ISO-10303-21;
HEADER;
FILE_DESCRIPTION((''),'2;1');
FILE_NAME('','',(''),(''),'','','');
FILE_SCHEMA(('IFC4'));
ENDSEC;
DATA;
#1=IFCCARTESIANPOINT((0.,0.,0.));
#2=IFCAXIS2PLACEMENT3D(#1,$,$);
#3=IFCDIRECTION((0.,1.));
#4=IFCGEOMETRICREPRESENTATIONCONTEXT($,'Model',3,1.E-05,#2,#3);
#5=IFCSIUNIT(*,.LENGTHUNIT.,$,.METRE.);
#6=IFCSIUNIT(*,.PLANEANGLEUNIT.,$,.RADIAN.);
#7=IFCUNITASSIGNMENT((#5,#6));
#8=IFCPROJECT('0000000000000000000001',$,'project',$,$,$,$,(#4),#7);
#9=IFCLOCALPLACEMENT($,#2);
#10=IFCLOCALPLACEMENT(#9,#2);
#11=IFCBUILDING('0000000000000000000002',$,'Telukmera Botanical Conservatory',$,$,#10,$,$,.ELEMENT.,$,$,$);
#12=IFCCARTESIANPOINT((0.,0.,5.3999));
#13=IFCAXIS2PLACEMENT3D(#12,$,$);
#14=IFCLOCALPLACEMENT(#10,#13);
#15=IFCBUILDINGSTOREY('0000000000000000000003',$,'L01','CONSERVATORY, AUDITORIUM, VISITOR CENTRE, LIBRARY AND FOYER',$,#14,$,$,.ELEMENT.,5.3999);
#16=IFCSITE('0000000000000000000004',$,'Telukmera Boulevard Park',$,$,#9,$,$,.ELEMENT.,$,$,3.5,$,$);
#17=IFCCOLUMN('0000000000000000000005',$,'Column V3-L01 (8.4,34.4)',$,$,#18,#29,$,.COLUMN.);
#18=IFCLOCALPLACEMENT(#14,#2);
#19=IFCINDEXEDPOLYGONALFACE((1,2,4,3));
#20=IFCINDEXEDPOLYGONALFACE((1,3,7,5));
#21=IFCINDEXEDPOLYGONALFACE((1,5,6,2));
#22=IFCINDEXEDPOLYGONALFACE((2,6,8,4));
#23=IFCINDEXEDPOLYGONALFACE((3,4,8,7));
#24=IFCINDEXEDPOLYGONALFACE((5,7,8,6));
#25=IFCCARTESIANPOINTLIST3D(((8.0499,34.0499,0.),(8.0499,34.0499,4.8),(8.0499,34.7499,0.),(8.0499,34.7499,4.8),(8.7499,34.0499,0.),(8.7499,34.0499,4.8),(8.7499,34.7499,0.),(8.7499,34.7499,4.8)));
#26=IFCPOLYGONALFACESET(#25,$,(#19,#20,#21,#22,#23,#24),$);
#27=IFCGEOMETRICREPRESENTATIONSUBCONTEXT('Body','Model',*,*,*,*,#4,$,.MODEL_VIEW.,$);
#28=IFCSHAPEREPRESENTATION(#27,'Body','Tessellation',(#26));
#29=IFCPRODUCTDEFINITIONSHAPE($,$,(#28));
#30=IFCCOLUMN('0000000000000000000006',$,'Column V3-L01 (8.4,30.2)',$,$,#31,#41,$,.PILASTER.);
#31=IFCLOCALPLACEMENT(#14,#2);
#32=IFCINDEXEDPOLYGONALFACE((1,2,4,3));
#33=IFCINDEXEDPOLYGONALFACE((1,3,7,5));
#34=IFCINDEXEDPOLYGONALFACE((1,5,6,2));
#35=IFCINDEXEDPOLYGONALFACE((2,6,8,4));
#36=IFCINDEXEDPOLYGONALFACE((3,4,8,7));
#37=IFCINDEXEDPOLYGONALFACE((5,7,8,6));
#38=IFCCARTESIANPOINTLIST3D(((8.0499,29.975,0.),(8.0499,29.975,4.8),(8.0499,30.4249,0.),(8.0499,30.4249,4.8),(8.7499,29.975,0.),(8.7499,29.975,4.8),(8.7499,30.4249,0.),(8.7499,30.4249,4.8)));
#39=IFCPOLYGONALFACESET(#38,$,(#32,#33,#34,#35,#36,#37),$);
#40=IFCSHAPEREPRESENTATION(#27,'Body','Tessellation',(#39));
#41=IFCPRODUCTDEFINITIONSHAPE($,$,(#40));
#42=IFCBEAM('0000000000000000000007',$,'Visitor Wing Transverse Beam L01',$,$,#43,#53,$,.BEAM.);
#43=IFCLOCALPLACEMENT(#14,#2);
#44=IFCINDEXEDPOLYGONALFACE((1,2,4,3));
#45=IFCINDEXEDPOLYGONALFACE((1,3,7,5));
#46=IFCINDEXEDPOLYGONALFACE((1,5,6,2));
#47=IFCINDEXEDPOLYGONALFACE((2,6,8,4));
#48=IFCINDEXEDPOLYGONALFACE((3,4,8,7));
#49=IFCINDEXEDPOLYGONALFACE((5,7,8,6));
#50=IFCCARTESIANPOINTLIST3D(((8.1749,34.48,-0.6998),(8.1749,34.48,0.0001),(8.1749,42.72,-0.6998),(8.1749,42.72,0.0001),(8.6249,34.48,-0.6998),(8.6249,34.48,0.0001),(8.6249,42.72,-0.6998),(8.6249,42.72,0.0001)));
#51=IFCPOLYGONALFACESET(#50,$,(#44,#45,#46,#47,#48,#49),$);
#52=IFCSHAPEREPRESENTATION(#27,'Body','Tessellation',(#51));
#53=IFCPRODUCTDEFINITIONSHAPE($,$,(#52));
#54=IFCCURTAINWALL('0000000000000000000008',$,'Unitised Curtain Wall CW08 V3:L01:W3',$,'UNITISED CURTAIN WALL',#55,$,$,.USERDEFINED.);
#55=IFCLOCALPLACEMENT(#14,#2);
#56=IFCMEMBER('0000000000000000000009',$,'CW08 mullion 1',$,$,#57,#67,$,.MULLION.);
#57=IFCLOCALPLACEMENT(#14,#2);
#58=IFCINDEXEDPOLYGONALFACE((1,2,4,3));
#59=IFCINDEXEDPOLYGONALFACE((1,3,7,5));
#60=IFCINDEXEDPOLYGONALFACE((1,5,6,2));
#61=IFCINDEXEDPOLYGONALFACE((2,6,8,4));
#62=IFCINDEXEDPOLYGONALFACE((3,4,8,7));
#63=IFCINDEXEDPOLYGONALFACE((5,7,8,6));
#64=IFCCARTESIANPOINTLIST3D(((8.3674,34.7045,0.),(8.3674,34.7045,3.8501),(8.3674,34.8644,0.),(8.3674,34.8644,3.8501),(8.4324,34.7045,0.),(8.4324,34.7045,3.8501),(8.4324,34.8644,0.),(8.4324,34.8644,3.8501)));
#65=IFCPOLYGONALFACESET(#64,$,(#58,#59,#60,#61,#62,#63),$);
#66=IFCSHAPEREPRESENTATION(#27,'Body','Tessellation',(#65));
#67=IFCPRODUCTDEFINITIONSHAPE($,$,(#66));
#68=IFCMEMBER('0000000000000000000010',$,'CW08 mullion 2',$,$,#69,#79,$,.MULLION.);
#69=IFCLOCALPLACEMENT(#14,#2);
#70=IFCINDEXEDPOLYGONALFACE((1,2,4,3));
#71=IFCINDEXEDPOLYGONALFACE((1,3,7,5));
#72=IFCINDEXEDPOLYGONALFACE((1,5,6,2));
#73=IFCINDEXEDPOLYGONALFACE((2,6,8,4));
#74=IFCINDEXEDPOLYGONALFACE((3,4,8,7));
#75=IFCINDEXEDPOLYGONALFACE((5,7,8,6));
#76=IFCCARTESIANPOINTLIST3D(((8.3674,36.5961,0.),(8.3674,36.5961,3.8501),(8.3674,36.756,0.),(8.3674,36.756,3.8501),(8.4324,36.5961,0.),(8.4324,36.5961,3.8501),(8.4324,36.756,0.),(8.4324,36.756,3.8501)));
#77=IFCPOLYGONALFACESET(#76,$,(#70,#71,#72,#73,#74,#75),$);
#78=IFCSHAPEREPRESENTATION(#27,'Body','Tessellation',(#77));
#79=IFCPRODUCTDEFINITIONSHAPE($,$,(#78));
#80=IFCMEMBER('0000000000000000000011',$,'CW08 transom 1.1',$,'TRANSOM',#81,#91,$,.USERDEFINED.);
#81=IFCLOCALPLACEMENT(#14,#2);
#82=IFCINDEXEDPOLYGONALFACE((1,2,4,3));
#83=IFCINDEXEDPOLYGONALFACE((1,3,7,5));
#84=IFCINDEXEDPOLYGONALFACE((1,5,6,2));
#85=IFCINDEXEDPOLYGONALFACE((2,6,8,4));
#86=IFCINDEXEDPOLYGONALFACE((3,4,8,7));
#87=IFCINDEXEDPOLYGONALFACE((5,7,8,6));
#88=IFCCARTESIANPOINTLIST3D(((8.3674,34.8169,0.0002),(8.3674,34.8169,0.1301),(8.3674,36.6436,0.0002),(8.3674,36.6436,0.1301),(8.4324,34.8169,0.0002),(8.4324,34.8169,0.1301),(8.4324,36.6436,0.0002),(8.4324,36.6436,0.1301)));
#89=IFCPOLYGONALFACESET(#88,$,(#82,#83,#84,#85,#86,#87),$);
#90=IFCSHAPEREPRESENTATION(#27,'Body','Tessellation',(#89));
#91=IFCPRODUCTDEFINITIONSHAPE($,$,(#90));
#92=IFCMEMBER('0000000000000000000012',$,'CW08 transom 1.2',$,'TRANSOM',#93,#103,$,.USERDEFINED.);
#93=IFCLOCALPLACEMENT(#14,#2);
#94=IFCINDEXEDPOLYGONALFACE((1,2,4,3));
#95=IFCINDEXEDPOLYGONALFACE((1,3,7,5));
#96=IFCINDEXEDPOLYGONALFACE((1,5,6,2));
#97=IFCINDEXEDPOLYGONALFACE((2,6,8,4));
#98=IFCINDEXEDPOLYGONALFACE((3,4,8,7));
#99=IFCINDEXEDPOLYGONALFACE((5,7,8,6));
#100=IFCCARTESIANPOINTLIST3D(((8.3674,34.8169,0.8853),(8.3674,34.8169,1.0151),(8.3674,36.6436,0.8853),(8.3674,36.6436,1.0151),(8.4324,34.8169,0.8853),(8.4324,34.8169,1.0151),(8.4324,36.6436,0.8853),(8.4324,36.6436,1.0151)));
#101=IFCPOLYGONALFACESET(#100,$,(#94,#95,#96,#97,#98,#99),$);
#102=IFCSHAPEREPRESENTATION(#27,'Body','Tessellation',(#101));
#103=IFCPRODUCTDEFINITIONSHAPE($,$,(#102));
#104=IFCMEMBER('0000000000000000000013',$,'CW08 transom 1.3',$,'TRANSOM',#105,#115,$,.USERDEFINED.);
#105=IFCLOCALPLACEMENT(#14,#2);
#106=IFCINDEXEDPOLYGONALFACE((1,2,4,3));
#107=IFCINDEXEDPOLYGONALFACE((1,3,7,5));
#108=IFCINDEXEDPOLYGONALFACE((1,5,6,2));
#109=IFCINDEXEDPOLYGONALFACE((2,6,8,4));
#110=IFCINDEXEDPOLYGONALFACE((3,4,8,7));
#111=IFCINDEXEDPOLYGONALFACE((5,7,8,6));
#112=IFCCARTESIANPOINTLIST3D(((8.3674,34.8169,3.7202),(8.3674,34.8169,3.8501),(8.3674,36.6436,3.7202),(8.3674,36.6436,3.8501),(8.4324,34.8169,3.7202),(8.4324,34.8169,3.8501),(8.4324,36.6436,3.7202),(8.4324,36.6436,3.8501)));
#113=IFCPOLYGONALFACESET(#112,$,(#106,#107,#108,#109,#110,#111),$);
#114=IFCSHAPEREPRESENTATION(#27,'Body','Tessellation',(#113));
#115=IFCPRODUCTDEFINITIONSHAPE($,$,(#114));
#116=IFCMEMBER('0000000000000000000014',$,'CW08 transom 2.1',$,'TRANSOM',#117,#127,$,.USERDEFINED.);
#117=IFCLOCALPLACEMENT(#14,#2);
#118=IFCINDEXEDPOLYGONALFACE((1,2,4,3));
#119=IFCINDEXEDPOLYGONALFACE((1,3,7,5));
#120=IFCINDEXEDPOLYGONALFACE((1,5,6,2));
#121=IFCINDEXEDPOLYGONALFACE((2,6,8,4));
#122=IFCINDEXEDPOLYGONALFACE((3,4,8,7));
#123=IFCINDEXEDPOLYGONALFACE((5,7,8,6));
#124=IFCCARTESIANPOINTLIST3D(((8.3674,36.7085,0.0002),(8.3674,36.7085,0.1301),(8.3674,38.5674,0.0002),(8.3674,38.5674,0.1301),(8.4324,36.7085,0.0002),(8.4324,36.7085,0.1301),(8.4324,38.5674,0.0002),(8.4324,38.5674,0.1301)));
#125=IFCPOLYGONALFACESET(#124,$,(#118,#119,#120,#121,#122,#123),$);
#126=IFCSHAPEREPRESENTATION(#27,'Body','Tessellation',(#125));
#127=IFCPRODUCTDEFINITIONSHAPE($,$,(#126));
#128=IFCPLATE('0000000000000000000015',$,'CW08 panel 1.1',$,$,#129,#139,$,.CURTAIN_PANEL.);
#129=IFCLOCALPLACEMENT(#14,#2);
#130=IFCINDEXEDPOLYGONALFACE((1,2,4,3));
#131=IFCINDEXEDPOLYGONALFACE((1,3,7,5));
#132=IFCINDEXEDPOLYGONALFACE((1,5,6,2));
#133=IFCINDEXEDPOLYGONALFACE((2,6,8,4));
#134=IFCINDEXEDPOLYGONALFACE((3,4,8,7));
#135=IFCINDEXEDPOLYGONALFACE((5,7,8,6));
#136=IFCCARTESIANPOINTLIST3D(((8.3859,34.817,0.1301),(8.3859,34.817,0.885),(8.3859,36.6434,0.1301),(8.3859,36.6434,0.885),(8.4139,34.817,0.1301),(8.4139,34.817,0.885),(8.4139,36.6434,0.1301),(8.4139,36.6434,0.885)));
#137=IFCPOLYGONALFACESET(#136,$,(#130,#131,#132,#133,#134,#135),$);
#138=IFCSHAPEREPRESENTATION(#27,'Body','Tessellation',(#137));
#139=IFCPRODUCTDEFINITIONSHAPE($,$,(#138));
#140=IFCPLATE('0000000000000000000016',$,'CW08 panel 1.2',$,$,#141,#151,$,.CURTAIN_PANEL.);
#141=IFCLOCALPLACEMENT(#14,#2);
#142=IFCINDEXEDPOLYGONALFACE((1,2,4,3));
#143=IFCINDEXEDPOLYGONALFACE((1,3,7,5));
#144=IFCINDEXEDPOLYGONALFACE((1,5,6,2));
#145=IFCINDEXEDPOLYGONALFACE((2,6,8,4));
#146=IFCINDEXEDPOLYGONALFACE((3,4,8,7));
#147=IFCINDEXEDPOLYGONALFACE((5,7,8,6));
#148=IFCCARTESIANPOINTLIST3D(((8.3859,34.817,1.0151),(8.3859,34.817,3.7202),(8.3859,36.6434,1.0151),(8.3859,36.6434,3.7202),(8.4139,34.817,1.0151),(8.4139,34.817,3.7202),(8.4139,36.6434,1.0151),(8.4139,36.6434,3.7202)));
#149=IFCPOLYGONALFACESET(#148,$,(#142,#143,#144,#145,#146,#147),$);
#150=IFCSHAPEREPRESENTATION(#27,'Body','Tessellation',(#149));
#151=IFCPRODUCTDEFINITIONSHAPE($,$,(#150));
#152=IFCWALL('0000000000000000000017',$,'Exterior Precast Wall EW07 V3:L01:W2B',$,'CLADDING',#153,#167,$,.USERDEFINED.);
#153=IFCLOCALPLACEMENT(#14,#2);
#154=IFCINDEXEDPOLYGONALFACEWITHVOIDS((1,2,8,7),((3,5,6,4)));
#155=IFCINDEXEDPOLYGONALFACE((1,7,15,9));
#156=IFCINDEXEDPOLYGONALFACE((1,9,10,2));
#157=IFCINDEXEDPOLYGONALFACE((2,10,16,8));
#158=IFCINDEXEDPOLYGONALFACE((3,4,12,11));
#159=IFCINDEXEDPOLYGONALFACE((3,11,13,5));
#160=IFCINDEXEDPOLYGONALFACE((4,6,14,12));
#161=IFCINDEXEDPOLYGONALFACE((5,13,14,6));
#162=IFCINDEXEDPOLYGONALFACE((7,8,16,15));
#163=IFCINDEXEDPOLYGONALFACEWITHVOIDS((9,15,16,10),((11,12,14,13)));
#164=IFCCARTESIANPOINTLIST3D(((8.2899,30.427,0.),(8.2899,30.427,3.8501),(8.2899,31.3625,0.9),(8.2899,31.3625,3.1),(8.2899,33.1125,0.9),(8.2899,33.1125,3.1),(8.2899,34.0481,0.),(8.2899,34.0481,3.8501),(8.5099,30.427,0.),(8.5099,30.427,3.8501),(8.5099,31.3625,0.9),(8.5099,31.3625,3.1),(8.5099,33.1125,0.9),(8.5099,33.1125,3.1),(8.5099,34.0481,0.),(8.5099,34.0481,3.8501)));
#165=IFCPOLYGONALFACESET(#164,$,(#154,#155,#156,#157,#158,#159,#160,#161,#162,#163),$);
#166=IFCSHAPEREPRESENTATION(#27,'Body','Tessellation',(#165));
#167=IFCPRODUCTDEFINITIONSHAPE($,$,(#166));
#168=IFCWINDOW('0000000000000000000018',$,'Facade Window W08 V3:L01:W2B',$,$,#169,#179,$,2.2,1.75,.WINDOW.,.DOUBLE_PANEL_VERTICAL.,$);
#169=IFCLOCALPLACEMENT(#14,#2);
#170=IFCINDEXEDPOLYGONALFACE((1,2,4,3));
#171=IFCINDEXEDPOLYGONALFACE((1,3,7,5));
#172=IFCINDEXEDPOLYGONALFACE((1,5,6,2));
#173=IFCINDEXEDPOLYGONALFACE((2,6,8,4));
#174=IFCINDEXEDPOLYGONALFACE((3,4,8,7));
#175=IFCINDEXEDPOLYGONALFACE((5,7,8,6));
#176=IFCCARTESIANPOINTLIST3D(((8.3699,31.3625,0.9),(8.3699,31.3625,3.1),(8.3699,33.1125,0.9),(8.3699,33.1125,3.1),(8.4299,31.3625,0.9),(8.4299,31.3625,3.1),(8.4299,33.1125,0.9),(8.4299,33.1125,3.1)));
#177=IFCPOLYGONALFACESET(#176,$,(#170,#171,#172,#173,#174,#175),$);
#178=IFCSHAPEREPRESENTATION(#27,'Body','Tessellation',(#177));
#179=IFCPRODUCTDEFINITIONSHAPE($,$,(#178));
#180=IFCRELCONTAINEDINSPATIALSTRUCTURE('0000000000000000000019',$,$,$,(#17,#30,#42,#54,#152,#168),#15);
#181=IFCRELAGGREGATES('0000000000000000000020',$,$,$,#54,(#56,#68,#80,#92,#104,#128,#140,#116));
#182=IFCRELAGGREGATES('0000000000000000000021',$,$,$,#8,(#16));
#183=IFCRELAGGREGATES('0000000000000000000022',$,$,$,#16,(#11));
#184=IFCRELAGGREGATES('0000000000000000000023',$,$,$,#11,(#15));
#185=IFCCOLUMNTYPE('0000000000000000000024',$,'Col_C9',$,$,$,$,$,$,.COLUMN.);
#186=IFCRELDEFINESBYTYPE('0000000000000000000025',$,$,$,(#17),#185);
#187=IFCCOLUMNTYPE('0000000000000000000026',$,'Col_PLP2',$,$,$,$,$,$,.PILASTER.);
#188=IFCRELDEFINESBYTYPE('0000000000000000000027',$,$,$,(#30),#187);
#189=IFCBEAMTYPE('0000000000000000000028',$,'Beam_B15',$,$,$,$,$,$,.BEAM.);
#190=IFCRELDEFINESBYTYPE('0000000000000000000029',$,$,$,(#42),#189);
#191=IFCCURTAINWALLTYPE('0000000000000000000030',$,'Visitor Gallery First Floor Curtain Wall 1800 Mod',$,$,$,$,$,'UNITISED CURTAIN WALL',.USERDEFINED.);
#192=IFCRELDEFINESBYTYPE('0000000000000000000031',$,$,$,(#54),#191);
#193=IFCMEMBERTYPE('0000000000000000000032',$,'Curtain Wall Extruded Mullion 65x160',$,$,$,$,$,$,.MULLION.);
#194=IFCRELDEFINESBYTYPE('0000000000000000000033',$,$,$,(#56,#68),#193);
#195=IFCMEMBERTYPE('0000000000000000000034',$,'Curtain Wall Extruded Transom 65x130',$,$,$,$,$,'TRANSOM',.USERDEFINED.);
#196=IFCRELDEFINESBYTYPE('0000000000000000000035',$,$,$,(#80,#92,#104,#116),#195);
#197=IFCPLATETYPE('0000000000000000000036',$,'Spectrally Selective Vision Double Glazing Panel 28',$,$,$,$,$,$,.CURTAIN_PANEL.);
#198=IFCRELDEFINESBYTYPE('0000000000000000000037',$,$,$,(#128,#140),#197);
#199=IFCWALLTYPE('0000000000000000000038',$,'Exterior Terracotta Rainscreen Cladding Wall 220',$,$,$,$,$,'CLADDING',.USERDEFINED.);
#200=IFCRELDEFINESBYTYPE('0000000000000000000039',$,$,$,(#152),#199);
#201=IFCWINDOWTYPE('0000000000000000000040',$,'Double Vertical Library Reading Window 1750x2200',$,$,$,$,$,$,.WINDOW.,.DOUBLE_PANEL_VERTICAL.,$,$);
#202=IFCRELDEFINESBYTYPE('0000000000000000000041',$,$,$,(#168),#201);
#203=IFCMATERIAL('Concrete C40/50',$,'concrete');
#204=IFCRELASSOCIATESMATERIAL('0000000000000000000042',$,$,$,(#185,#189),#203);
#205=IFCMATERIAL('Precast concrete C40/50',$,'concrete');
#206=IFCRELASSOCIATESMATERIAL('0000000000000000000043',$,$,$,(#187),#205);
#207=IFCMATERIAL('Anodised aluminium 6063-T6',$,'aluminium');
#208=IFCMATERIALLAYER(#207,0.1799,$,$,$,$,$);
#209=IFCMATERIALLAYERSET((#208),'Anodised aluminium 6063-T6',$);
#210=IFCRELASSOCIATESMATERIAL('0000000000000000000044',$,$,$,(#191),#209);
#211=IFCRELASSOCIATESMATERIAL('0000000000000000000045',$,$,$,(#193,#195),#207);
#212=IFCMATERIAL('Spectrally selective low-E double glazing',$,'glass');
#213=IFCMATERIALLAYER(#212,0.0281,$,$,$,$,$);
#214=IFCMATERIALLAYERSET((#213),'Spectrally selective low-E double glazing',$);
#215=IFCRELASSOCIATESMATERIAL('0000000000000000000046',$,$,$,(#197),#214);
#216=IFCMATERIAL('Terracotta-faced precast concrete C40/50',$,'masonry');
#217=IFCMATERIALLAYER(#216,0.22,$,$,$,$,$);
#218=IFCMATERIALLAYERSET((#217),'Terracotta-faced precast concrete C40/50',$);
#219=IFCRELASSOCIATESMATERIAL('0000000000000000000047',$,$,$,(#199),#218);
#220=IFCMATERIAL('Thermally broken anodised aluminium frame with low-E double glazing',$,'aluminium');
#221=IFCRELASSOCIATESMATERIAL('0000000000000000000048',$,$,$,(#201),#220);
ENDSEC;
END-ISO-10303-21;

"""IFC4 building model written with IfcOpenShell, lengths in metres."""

from ifc_helpers import new_model, si_unit, direction, frame, frame_2d, origin, origin_2d, place, context, subcontext, project, spatial, rectangle, extrude, material, layer, layer_set, material_profile, profile_set, type_object, element, fill, aggregate, save


model = new_model("IFC4")

# Units and contexts
model_context = context("Model", 3, precision=1e-05, world=origin(), true_north=direction((0.0, 1.0)))
body_context = subcontext(model_context, "Body", "Model", "MODEL_VIEW")
ifc_project = project(units=[si_unit("LENGTHUNIT", "METRE"), si_unit("PLANEANGLEUNIT", "RADIAN")], contexts=[model_context])

# Site, building, storey
site_placement = place(None, origin())
site = spatial("IfcSite", under=ifc_project, at=site_placement, Name="Telukmera Boulevard Park", CompositionType="ELEMENT", RefElevation=3.5)
building_placement = place(site_placement, origin())
building = spatial("IfcBuilding", under=site, at=building_placement, Name="Telukmera Botanical Conservatory", CompositionType="ELEMENT")
storey_placement = place(building_placement, frame((0.0, 0.0, 5.3999)))
storey = spatial("IfcBuildingStorey", under=building, at=storey_placement, Name="L01", Description="CONSERVATORY, AUDITORIUM, VISITOR CENTRE, LIBRARY AND FOYER", CompositionType="ELEMENT", Elevation=5.3999)

# Columns
ifc_material_1 = material(Name="Concrete C40/50", Category="concrete")
ifc_material_profile_1 = material_profile(ifc_material_1, rectangle(XDim=0.7, YDim=0.7, at=origin_2d()), Name="RC 700x700")
ifc_profile_set_1 = profile_set([ifc_material_profile_1], Name="Concrete C40/50")
column_type_1 = type_object("IfcColumnType", Name="Col_C9", PredefinedType="COLUMN", material=ifc_profile_set_1)
column_1_placement = place(storey_placement, frame((8.3999, 34.3999, 0.0), z_axis=(0.0, 0.0, 1.0), x_axis=(1.0, 0.0, 0.0)))
element("IfcColumn", 1, at=column_1_placement, inside=storey, type_object=column_type_1, Name="Column V3-L01 (8.4,34.4)", PredefinedType="COLUMN", context=body_context, shape_type="SweptSolid", body=[
    extrude(rectangle(XDim=0.7, YDim=0.7, at=origin_2d()), origin(), (0.0, 0.0, 1.0), 4.8),
])
ifc_material_2 = material(Name="Precast concrete C40/50", Category="concrete")
ifc_material_profile_2 = material_profile(ifc_material_2, rectangle(XDim=0.7, YDim=0.45, at=origin_2d()), Name="PC 700x450")
ifc_profile_set_2 = profile_set([ifc_material_profile_2], Name="Precast concrete C40/50")
column_type_2 = type_object("IfcColumnType", Name="Col_PLP2", PredefinedType="PILASTER", material=ifc_profile_set_2)
column_2_placement = place(storey_placement, frame((8.3999, 30.2, 0.0), z_axis=(0.0, 0.0, 1.0), x_axis=(1.0, 0.0, 0.0)))
element("IfcColumn", 2, at=column_2_placement, inside=storey, type_object=column_type_2, Name="Column V3-L01 (8.4,30.2)", PredefinedType="PILASTER", context=body_context, shape_type="SweptSolid", body=[
    extrude(rectangle(XDim=0.7, YDim=0.45, at=origin_2d()), origin(), (0.0, 0.0, 1.0), 4.8),
])

# Beam
ifc_material_profile_3 = material_profile(ifc_material_1, rectangle(XDim=0.45, YDim=0.7, at=origin_2d()), Name="RC 450x700")
ifc_profile_set_3 = profile_set([ifc_material_profile_3], Name="Concrete C40/50")
beam_type = type_object("IfcBeamType", Name="Beam_B15", PredefinedType="BEAM", material=ifc_profile_set_3)
beam_placement = place(storey_placement, frame((8.3999, 34.48, -0.3499), z_axis=(0.0, 1.0, 0.0), x_axis=(-1.0, 0.0, 0.0)))
element("IfcBeam", 3, at=beam_placement, inside=storey, type_object=beam_type, Name="Visitor Wing Transverse Beam L01", PredefinedType="BEAM", context=body_context, shape_type="SweptSolid", body=[
    extrude(rectangle(XDim=0.45, YDim=0.7, at=origin_2d()), origin(), (0.0, 0.0, 1.0), 8.24),
])

# Curtain wall, members, plates
ifc_material_3 = material(Name="Anodised aluminium 6063-T6", Category="aluminium")
ifc_layer_1 = layer(ifc_material_3, 0.1799)
ifc_layer_set_1 = layer_set([ifc_layer_1], Name="Anodised aluminium 6063-T6")
curtain_wall_type = type_object("IfcCurtainWallType", Name="Visitor Gallery First Floor Curtain Wall 1800 Mod", ElementType="UNITISED CURTAIN WALL", PredefinedType="USERDEFINED", material=ifc_layer_set_1)
curtain_wall_placement = place(storey_placement, origin())
curtain_wall = element("IfcCurtainWall", 4, at=curtain_wall_placement, inside=storey, type_object=curtain_wall_type, Name="Unitised Curtain Wall CW08 V3:L01:W3", ObjectType="UNITISED CURTAIN WALL", PredefinedType="USERDEFINED")
ifc_material_profile_4 = material_profile(ifc_material_3, rectangle(XDim=0.0649, YDim=0.1599, at=origin_2d()), Name="ALU MULL 65x160")
ifc_profile_set_4 = profile_set([ifc_material_profile_4], Name="Anodised aluminium 6063-T6")
member_type_1 = type_object("IfcMemberType", Name="Curtain Wall Extruded Mullion 65x160", PredefinedType="MULLION", material=ifc_profile_set_4)
member_1_placement = place(storey_placement, frame((8.3999, 34.7844, 0.0), z_axis=(0.0, 0.0, 1.0), x_axis=(-1.0, 0.0, 0.0)))
member_1 = element("IfcMember", 5, at=member_1_placement, type_object=member_type_1, Name="CW08 mullion 1", PredefinedType="MULLION", context=body_context, shape_type="SweptSolid", body=[
    extrude(rectangle(XDim=0.0649, YDim=0.1599, at=origin_2d()), origin(), (0.0, 0.0, 1.0), 3.8501),
])
member_2_placement = place(storey_placement, frame((8.3999, 36.676, 0.0), z_axis=(0.0, 0.0, 1.0), x_axis=(-1.0, 0.0, 0.0)))
member_2 = element("IfcMember", 6, at=member_2_placement, type_object=member_type_1, Name="CW08 mullion 2", PredefinedType="MULLION", context=body_context, shape_type="SweptSolid", body=[
    extrude(rectangle(XDim=0.0649, YDim=0.1599, at=origin_2d()), origin(), (0.0, 0.0, 1.0), 3.8501),
])
ifc_material_profile_5 = material_profile(ifc_material_3, rectangle(XDim=0.0649, YDim=0.1299, at=origin_2d()), Name="ALU TRAN 65x130")
ifc_profile_set_5 = profile_set([ifc_material_profile_5], Name="Anodised aluminium 6063-T6")
member_type_2 = type_object("IfcMemberType", Name="Curtain Wall Extruded Transom 65x130", ElementType="TRANSOM", PredefinedType="USERDEFINED", material=ifc_profile_set_5)
member_3_placement = place(storey_placement, frame((8.3999, 34.8169, 0.0652), z_axis=(0.0, 1.0, 0.0), x_axis=(-1.0, 0.0, 0.0)))
member_3 = element("IfcMember", 7, at=member_3_placement, type_object=member_type_2, Name="CW08 transom 1.1", ObjectType="TRANSOM", PredefinedType="USERDEFINED", context=body_context, shape_type="SweptSolid", body=[
    extrude(rectangle(XDim=0.0649, YDim=0.1299, at=origin_2d()), origin(), (0.0, 0.0, 1.0), 1.8267),
])
member_4_placement = place(storey_placement, frame((8.3999, 34.8169, 0.9502), z_axis=(0.0, 1.0, 0.0), x_axis=(-1.0, 0.0, 0.0)))
member_4 = element("IfcMember", 8, at=member_4_placement, type_object=member_type_2, Name="CW08 transom 1.2", ObjectType="TRANSOM", PredefinedType="USERDEFINED", context=body_context, shape_type="SweptSolid", body=[
    extrude(rectangle(XDim=0.0649, YDim=0.1299, at=origin_2d()), origin(), (0.0, 0.0, 1.0), 1.8267),
])
member_5_placement = place(storey_placement, frame((8.3999, 34.8169, 3.7852), z_axis=(0.0, 1.0, 0.0), x_axis=(-1.0, 0.0, 0.0)))
member_5 = element("IfcMember", 9, at=member_5_placement, type_object=member_type_2, Name="CW08 transom 1.3", ObjectType="TRANSOM", PredefinedType="USERDEFINED", context=body_context, shape_type="SweptSolid", body=[
    extrude(rectangle(XDim=0.0649, YDim=0.1299, at=origin_2d()), origin(), (0.0, 0.0, 1.0), 1.8267),
])
member_6_placement = place(storey_placement, frame((8.3999, 36.7085, 0.0652), z_axis=(0.0, 1.0, 0.0), x_axis=(-1.0, 0.0, 0.0)))
member_6 = element("IfcMember", 10, at=member_6_placement, type_object=member_type_2, Name="CW08 transom 2.1", ObjectType="TRANSOM", PredefinedType="USERDEFINED", context=body_context, shape_type="SweptSolid", body=[
    extrude(rectangle(XDim=0.0649, YDim=0.1299, at=origin_2d()), origin(), (0.0, 0.0, 1.0), 1.8589),
])
ifc_material_4 = material(Name="Spectrally selective low-E double glazing", Category="glass")
ifc_layer_2 = layer(ifc_material_4, 0.0281)
ifc_layer_set_2 = layer_set([ifc_layer_2], Name="Spectrally selective low-E double glazing")
plate_type = type_object("IfcPlateType", Name="Spectrally Selective Vision Double Glazing Panel 28", PredefinedType="CURTAIN_PANEL", material=ifc_layer_set_2)
plate_1_placement = place(storey_placement, frame((8.3999, 35.7302, 0.1301), z_axis=(0.0, 0.0, 1.0), x_axis=(0.0, 1.0, 0.0)))
plate_1 = element("IfcPlate", 11, at=plate_1_placement, type_object=plate_type, Name="CW08 panel 1.1", PredefinedType="CURTAIN_PANEL", context=body_context, shape_type="SweptSolid", body=[
    extrude(rectangle(XDim=1.8264, YDim=0.0281, at=origin_2d()), origin(), (0.0, 0.0, 1.0), 0.7549),
])
plate_2_placement = place(storey_placement, frame((8.3999, 35.7302, 1.0151), z_axis=(0.0, 0.0, 1.0), x_axis=(0.0, 1.0, 0.0)))
plate_2 = element("IfcPlate", 12, at=plate_2_placement, type_object=plate_type, Name="CW08 panel 1.2", PredefinedType="CURTAIN_PANEL", context=body_context, shape_type="SweptSolid", body=[
    extrude(rectangle(XDim=1.8264, YDim=0.0281, at=origin_2d()), origin(), (0.0, 0.0, 1.0), 2.7051),
])
aggregate(curtain_wall, [member_1, member_2, member_3, member_4, member_5, plate_1, plate_2, member_6])

# Wall, opening, window
ifc_material_5 = material(Name="Terracotta-faced precast concrete C40/50", Category="masonry")
ifc_layer_3 = layer(ifc_material_5, 0.22)
ifc_layer_set_3 = layer_set([ifc_layer_3], Name="Terracotta-faced precast concrete C40/50")
wall_type = type_object("IfcWallType", Name="Exterior Terracotta Rainscreen Cladding Wall 220", ElementType="CLADDING", PredefinedType="USERDEFINED", material=ifc_layer_set_3)
wall_placement = place(storey_placement, frame((8.3999, 30.427, 0.0), z_axis=(0.0, 0.0, 1.0), x_axis=(0.0, 1.0, 0.0)))
wall = element("IfcWall", 13, at=wall_placement, inside=storey, type_object=wall_type, Name="Exterior Precast Wall EW07 V3:L01:W2B", ObjectType="CLADDING", PredefinedType="USERDEFINED", context=body_context, shape_type="SweptSolid", body=[
    extrude(rectangle(XDim=3.6211, YDim=0.22, at=frame_2d((1.8105, 0.0))), origin(), (0.0, 0.0, 1.0), 3.8501),
])
opening_placement = place(wall_placement, frame((0.9355, 0.0, 0.8999)))
opening = element("IfcOpeningElement", 14, at=opening_placement, cuts=wall, PredefinedType="OPENING", context=body_context, shape_type="SweptSolid", body=[
    extrude(rectangle(XDim=1.75, YDim=2.2, at=frame_2d((0.875, 1.1001))), frame((0.0, 0.1199, 0.0), z_axis=(0.0, -1.0, 0.0), x_axis=(1.0, 0.0, 0.0)), (0.0, 0.0, 1.0), 0.24),
])
ifc_material_6 = material(Name="Thermally broken anodised aluminium frame with low-E double glazing", Category="aluminium")
window_type = type_object("IfcWindowType", Name="Double Vertical Library Reading Window 1750x2200", PartitioningType="DOUBLE_PANEL_VERTICAL", PredefinedType="WINDOW", material=ifc_material_6)
window_placement = place(opening_placement, origin())
window = element("IfcWindow", 15, at=window_placement, inside=storey, type_object=window_type, Name="Facade Window W08 V3:L01:W2B", OverallHeight=2.2, OverallWidth=1.75, PartitioningType="DOUBLE_PANEL_VERTICAL", PredefinedType="WINDOW", context=body_context, shape_type="SweptSolid", body=[
    extrude(rectangle(XDim=1.75, YDim=2.2, at=frame_2d((0.875, 1.1001))), frame((0.0, 0.03, 0.0), z_axis=(0.0, -1.0, 0.0), x_axis=(1.0, 0.0, 0.0)), (0.0, 0.0, 1.0), 0.0601),
])
fill(opening, window)

save(model, "model.ifc")
